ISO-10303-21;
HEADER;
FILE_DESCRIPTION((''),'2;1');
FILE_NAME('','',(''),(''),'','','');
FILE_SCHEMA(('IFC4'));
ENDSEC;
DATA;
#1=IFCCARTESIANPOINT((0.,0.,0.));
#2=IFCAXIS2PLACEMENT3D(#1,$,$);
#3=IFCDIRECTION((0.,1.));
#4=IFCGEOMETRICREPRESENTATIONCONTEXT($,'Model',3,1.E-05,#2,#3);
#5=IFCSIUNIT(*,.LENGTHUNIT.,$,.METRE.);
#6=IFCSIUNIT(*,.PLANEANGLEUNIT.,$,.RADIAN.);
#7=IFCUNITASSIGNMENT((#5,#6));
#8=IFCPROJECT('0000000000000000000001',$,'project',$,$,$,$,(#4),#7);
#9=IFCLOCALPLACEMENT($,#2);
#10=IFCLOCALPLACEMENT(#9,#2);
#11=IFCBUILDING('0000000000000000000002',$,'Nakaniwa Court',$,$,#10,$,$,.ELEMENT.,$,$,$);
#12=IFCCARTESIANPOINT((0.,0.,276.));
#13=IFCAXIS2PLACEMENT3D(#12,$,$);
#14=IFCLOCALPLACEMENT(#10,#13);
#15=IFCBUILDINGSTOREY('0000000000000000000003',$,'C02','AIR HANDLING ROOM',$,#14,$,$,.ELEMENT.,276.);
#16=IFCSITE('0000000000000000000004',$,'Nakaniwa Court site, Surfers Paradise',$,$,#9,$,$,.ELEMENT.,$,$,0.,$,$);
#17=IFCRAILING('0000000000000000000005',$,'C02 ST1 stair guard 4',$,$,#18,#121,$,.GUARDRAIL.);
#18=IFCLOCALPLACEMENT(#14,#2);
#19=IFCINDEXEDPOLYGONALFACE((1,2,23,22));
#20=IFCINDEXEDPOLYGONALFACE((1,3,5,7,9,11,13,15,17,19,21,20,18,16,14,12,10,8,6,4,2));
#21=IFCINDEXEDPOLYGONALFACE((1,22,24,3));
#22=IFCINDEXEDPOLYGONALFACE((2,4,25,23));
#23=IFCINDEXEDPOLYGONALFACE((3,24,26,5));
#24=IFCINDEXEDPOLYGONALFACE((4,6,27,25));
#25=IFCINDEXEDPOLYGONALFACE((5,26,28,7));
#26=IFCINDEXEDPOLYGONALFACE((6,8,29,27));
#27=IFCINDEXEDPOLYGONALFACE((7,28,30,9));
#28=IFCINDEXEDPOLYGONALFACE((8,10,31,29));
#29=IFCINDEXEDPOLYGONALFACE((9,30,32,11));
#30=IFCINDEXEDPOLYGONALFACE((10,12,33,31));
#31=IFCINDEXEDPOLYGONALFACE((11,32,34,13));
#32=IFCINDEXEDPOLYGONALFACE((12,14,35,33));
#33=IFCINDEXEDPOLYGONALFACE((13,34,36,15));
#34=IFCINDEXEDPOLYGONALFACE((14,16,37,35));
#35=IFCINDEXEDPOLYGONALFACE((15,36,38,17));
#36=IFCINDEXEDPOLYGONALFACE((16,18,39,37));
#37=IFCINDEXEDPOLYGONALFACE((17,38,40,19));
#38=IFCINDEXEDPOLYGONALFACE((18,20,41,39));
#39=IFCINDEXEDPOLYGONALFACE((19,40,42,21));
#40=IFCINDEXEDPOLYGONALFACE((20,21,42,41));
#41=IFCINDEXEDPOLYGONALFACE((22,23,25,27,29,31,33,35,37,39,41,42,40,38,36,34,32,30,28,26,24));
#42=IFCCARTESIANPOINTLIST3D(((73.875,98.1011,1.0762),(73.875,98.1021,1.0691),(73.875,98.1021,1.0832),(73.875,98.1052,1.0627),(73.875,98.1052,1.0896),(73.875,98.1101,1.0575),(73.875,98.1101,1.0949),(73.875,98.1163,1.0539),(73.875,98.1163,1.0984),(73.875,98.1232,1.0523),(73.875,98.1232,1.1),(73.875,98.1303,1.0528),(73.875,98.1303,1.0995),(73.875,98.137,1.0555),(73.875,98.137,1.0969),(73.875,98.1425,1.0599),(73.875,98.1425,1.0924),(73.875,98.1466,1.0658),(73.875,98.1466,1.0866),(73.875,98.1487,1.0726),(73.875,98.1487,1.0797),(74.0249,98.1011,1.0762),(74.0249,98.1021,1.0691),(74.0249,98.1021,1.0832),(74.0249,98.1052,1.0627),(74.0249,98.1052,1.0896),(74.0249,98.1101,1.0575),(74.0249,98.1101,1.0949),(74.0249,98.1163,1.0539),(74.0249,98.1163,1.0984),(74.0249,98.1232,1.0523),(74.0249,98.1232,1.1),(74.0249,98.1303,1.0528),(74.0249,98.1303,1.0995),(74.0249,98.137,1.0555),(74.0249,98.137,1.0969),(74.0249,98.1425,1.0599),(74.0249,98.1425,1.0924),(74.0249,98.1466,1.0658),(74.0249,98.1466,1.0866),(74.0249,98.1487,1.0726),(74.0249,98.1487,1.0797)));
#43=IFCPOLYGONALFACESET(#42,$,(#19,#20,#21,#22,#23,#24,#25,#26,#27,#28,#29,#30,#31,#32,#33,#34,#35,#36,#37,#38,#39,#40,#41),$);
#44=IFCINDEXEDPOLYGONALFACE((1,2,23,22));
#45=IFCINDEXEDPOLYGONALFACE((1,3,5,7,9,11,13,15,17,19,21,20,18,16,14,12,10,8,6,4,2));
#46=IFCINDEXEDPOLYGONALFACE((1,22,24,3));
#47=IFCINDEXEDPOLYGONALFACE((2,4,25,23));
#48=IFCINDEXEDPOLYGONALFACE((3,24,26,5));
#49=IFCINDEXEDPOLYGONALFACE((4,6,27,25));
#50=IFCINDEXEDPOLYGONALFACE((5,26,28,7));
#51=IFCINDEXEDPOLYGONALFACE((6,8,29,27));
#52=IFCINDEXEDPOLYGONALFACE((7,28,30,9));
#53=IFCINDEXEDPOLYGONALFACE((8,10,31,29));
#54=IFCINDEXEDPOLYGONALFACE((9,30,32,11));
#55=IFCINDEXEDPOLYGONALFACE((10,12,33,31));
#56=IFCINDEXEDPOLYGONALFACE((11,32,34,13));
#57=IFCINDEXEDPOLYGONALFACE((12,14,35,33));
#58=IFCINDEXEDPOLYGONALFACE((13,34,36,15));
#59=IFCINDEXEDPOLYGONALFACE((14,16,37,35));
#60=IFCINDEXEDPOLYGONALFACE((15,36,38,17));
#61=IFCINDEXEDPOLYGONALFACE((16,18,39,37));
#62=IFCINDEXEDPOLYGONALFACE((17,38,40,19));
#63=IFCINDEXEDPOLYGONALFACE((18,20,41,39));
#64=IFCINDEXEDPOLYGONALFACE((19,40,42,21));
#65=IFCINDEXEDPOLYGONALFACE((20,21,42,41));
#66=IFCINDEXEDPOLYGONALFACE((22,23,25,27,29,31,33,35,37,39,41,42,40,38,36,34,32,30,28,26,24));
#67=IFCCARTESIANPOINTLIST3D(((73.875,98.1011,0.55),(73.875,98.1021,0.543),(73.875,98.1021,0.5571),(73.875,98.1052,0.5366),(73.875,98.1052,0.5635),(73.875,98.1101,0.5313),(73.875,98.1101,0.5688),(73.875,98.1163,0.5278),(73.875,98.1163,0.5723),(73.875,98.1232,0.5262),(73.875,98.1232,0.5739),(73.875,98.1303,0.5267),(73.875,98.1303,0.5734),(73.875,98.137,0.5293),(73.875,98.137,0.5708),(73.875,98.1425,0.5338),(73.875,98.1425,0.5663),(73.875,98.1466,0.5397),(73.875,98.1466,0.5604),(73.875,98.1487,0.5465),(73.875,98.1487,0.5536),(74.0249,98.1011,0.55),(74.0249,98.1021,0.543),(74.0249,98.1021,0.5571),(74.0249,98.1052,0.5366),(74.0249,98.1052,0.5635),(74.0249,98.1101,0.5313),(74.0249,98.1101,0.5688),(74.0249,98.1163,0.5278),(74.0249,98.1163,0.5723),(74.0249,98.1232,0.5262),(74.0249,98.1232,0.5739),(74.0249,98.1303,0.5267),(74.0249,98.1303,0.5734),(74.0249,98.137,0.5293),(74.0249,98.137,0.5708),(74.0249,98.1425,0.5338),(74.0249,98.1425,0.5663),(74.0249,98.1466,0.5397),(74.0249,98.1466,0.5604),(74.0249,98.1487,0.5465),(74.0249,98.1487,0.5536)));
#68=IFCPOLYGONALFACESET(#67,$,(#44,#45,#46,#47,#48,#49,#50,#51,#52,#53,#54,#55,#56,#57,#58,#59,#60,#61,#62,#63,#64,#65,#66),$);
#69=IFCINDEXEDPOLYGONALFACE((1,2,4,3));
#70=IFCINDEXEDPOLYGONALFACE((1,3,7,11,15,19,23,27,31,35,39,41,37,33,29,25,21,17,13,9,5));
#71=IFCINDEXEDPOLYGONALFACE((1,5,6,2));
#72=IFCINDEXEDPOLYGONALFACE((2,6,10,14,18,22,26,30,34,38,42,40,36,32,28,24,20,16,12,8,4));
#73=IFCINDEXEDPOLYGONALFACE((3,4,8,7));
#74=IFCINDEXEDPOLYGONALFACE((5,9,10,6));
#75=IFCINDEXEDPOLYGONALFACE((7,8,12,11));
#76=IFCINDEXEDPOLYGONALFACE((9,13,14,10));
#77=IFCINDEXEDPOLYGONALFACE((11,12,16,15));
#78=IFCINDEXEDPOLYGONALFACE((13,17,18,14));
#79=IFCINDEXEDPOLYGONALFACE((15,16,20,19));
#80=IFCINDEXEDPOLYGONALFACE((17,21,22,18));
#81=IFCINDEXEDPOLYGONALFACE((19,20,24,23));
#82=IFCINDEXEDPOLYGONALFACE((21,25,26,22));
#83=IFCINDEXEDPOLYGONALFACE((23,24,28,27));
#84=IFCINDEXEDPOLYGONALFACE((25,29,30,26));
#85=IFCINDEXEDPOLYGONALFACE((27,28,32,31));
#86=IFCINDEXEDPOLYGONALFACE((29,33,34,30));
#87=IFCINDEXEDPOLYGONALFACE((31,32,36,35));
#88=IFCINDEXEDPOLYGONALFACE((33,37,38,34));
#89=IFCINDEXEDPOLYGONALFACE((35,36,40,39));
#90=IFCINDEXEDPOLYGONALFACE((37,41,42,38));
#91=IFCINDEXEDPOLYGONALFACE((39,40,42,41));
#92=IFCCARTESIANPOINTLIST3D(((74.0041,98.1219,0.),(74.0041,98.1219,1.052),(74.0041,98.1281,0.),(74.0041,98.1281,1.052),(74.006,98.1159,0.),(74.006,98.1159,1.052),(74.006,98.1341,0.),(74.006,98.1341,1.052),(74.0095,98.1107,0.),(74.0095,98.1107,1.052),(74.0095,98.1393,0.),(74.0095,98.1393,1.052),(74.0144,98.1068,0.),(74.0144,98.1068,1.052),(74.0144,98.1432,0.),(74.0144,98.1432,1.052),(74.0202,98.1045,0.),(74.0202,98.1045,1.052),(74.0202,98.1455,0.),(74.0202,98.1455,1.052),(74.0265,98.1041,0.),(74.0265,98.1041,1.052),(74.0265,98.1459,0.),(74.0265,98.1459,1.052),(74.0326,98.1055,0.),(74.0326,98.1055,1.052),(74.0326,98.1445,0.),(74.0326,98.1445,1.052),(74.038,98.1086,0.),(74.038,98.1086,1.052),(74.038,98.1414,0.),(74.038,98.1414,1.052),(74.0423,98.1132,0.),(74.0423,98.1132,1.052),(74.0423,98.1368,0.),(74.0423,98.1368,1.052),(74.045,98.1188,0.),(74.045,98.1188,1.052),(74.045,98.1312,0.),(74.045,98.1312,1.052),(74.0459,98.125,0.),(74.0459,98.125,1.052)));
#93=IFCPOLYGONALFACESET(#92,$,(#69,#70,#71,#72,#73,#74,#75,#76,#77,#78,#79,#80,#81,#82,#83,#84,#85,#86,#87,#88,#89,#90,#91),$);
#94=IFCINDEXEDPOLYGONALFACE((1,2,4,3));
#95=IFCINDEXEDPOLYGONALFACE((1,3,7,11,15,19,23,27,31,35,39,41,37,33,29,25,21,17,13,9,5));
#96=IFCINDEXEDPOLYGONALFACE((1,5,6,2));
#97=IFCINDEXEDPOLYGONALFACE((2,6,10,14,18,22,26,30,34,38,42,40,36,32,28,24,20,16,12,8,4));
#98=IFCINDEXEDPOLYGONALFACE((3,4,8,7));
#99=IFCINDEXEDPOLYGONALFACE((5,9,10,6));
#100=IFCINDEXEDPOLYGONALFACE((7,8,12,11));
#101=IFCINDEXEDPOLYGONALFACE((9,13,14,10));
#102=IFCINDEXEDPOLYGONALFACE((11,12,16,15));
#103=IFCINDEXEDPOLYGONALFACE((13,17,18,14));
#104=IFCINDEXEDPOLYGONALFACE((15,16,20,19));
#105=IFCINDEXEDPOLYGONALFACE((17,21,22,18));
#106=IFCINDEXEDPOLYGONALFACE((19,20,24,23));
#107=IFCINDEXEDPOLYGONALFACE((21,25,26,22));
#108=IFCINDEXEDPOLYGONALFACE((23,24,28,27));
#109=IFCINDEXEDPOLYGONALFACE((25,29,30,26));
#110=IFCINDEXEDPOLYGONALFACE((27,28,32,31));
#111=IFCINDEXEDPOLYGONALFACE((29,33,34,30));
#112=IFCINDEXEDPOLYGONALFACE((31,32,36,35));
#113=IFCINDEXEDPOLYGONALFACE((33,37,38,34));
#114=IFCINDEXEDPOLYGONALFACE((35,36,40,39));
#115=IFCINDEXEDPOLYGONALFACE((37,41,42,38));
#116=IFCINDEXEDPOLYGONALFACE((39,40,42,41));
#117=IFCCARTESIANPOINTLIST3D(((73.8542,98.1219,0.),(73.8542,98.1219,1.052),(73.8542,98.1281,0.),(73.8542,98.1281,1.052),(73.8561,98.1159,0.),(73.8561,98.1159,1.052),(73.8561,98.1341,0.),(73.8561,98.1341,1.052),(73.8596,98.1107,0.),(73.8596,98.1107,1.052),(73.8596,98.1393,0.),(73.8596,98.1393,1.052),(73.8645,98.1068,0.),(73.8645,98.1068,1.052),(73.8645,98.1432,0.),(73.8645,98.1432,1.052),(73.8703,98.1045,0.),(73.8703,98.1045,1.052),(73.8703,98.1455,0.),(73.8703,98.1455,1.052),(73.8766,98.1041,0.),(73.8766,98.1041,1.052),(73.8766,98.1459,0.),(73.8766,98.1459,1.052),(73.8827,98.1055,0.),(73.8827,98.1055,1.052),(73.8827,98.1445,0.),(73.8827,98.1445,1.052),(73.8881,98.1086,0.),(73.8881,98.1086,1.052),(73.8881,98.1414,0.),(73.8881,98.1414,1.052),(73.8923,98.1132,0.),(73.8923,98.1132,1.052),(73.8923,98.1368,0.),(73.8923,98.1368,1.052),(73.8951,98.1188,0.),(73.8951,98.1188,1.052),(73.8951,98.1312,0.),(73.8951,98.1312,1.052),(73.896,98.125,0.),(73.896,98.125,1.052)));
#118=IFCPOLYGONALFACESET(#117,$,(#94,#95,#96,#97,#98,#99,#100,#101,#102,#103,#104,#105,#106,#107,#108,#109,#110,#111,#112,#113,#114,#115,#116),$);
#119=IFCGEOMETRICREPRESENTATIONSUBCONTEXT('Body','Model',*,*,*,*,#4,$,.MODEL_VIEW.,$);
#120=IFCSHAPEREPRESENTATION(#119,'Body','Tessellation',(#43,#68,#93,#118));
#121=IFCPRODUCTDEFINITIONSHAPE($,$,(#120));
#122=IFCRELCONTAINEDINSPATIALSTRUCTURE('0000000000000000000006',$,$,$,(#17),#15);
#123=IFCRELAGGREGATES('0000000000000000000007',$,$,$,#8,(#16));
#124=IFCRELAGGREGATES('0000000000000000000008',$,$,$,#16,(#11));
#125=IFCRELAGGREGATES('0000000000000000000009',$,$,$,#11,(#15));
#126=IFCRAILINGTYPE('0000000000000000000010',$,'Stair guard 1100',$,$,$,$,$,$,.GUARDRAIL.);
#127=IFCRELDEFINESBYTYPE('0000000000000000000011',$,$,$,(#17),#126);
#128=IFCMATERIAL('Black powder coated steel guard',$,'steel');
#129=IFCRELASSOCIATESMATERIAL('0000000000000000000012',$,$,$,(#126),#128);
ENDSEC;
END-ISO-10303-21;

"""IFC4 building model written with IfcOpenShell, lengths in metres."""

from ifc_helpers import new_model, si_unit, direction, frame, origin, origin_2d, place, context, subcontext, project, spatial, circle, extrude, material, type_object, element, save


model = new_model("IFC4")

# Units and contexts
model_context = context("Model", 3, precision=1e-05, world=origin(), true_north=direction((0.0, 1.0)))
body_context = subcontext(model_context, "Body", "Model", "MODEL_VIEW")
ifc_project = project(units=[si_unit("LENGTHUNIT", "METRE"), si_unit("PLANEANGLEUNIT", "RADIAN")], contexts=[model_context])

# Site, building, storey
site_placement = place(None, origin())
site = spatial("IfcSite", under=ifc_project, at=site_placement, Name="Nakaniwa Court site, Surfers Paradise", CompositionType="ELEMENT", RefElevation=0.0)
building_placement = place(site_placement, origin())
building = spatial("IfcBuilding", under=site, at=building_placement, Name="Nakaniwa Court", CompositionType="ELEMENT")
storey_placement = place(building_placement, frame((0.0, 0.0, 276.0)))
storey = spatial("IfcBuildingStorey", under=building, at=storey_placement, Name="C02", Description="AIR HANDLING ROOM", CompositionType="ELEMENT", Elevation=276.0)

# Railing
ifc_material_1 = material(Name="Black powder coated steel guard", Category="steel")
railing_type_1 = type_object("IfcRailingType", Name="Stair guard 1100", PredefinedType="GUARDRAIL", material=ifc_material_1)
railing_1_placement = place(storey_placement, frame((74.0249, 98.125, 0.0)))
element("IfcRailing", 1, at=railing_1_placement, inside=storey, type_object=railing_type_1, Name="C02 ST1 stair guard 4", PredefinedType="GUARDRAIL", context=body_context, shape_type="SweptSolid", body=[
    extrude(circle(Radius=0.0239, at=origin_2d()), frame((0.0, 0.0, 1.0762), z_axis=(-1.0, 0.0, 0.0), x_axis=(0.0, -1.0, 0.0)), (0.0, 0.0, 1.0), 0.1499),
    extrude(circle(Radius=0.0239, at=origin_2d()), frame((0.0, 0.0, 0.55), z_axis=(-1.0, 0.0, 0.0), x_axis=(0.0, -1.0, 0.0)), (0.0, 0.0, 1.0), 0.1499),
    extrude(circle(Radius=0.021, at=origin_2d()), origin(), (0.0, 0.0, 1.0), 1.052),
    extrude(circle(Radius=0.021, at=origin_2d()), frame((-0.1499, 0.0, 0.0)), (0.0, 0.0, 1.0), 1.052),
])

save(model, "model.ifc")
